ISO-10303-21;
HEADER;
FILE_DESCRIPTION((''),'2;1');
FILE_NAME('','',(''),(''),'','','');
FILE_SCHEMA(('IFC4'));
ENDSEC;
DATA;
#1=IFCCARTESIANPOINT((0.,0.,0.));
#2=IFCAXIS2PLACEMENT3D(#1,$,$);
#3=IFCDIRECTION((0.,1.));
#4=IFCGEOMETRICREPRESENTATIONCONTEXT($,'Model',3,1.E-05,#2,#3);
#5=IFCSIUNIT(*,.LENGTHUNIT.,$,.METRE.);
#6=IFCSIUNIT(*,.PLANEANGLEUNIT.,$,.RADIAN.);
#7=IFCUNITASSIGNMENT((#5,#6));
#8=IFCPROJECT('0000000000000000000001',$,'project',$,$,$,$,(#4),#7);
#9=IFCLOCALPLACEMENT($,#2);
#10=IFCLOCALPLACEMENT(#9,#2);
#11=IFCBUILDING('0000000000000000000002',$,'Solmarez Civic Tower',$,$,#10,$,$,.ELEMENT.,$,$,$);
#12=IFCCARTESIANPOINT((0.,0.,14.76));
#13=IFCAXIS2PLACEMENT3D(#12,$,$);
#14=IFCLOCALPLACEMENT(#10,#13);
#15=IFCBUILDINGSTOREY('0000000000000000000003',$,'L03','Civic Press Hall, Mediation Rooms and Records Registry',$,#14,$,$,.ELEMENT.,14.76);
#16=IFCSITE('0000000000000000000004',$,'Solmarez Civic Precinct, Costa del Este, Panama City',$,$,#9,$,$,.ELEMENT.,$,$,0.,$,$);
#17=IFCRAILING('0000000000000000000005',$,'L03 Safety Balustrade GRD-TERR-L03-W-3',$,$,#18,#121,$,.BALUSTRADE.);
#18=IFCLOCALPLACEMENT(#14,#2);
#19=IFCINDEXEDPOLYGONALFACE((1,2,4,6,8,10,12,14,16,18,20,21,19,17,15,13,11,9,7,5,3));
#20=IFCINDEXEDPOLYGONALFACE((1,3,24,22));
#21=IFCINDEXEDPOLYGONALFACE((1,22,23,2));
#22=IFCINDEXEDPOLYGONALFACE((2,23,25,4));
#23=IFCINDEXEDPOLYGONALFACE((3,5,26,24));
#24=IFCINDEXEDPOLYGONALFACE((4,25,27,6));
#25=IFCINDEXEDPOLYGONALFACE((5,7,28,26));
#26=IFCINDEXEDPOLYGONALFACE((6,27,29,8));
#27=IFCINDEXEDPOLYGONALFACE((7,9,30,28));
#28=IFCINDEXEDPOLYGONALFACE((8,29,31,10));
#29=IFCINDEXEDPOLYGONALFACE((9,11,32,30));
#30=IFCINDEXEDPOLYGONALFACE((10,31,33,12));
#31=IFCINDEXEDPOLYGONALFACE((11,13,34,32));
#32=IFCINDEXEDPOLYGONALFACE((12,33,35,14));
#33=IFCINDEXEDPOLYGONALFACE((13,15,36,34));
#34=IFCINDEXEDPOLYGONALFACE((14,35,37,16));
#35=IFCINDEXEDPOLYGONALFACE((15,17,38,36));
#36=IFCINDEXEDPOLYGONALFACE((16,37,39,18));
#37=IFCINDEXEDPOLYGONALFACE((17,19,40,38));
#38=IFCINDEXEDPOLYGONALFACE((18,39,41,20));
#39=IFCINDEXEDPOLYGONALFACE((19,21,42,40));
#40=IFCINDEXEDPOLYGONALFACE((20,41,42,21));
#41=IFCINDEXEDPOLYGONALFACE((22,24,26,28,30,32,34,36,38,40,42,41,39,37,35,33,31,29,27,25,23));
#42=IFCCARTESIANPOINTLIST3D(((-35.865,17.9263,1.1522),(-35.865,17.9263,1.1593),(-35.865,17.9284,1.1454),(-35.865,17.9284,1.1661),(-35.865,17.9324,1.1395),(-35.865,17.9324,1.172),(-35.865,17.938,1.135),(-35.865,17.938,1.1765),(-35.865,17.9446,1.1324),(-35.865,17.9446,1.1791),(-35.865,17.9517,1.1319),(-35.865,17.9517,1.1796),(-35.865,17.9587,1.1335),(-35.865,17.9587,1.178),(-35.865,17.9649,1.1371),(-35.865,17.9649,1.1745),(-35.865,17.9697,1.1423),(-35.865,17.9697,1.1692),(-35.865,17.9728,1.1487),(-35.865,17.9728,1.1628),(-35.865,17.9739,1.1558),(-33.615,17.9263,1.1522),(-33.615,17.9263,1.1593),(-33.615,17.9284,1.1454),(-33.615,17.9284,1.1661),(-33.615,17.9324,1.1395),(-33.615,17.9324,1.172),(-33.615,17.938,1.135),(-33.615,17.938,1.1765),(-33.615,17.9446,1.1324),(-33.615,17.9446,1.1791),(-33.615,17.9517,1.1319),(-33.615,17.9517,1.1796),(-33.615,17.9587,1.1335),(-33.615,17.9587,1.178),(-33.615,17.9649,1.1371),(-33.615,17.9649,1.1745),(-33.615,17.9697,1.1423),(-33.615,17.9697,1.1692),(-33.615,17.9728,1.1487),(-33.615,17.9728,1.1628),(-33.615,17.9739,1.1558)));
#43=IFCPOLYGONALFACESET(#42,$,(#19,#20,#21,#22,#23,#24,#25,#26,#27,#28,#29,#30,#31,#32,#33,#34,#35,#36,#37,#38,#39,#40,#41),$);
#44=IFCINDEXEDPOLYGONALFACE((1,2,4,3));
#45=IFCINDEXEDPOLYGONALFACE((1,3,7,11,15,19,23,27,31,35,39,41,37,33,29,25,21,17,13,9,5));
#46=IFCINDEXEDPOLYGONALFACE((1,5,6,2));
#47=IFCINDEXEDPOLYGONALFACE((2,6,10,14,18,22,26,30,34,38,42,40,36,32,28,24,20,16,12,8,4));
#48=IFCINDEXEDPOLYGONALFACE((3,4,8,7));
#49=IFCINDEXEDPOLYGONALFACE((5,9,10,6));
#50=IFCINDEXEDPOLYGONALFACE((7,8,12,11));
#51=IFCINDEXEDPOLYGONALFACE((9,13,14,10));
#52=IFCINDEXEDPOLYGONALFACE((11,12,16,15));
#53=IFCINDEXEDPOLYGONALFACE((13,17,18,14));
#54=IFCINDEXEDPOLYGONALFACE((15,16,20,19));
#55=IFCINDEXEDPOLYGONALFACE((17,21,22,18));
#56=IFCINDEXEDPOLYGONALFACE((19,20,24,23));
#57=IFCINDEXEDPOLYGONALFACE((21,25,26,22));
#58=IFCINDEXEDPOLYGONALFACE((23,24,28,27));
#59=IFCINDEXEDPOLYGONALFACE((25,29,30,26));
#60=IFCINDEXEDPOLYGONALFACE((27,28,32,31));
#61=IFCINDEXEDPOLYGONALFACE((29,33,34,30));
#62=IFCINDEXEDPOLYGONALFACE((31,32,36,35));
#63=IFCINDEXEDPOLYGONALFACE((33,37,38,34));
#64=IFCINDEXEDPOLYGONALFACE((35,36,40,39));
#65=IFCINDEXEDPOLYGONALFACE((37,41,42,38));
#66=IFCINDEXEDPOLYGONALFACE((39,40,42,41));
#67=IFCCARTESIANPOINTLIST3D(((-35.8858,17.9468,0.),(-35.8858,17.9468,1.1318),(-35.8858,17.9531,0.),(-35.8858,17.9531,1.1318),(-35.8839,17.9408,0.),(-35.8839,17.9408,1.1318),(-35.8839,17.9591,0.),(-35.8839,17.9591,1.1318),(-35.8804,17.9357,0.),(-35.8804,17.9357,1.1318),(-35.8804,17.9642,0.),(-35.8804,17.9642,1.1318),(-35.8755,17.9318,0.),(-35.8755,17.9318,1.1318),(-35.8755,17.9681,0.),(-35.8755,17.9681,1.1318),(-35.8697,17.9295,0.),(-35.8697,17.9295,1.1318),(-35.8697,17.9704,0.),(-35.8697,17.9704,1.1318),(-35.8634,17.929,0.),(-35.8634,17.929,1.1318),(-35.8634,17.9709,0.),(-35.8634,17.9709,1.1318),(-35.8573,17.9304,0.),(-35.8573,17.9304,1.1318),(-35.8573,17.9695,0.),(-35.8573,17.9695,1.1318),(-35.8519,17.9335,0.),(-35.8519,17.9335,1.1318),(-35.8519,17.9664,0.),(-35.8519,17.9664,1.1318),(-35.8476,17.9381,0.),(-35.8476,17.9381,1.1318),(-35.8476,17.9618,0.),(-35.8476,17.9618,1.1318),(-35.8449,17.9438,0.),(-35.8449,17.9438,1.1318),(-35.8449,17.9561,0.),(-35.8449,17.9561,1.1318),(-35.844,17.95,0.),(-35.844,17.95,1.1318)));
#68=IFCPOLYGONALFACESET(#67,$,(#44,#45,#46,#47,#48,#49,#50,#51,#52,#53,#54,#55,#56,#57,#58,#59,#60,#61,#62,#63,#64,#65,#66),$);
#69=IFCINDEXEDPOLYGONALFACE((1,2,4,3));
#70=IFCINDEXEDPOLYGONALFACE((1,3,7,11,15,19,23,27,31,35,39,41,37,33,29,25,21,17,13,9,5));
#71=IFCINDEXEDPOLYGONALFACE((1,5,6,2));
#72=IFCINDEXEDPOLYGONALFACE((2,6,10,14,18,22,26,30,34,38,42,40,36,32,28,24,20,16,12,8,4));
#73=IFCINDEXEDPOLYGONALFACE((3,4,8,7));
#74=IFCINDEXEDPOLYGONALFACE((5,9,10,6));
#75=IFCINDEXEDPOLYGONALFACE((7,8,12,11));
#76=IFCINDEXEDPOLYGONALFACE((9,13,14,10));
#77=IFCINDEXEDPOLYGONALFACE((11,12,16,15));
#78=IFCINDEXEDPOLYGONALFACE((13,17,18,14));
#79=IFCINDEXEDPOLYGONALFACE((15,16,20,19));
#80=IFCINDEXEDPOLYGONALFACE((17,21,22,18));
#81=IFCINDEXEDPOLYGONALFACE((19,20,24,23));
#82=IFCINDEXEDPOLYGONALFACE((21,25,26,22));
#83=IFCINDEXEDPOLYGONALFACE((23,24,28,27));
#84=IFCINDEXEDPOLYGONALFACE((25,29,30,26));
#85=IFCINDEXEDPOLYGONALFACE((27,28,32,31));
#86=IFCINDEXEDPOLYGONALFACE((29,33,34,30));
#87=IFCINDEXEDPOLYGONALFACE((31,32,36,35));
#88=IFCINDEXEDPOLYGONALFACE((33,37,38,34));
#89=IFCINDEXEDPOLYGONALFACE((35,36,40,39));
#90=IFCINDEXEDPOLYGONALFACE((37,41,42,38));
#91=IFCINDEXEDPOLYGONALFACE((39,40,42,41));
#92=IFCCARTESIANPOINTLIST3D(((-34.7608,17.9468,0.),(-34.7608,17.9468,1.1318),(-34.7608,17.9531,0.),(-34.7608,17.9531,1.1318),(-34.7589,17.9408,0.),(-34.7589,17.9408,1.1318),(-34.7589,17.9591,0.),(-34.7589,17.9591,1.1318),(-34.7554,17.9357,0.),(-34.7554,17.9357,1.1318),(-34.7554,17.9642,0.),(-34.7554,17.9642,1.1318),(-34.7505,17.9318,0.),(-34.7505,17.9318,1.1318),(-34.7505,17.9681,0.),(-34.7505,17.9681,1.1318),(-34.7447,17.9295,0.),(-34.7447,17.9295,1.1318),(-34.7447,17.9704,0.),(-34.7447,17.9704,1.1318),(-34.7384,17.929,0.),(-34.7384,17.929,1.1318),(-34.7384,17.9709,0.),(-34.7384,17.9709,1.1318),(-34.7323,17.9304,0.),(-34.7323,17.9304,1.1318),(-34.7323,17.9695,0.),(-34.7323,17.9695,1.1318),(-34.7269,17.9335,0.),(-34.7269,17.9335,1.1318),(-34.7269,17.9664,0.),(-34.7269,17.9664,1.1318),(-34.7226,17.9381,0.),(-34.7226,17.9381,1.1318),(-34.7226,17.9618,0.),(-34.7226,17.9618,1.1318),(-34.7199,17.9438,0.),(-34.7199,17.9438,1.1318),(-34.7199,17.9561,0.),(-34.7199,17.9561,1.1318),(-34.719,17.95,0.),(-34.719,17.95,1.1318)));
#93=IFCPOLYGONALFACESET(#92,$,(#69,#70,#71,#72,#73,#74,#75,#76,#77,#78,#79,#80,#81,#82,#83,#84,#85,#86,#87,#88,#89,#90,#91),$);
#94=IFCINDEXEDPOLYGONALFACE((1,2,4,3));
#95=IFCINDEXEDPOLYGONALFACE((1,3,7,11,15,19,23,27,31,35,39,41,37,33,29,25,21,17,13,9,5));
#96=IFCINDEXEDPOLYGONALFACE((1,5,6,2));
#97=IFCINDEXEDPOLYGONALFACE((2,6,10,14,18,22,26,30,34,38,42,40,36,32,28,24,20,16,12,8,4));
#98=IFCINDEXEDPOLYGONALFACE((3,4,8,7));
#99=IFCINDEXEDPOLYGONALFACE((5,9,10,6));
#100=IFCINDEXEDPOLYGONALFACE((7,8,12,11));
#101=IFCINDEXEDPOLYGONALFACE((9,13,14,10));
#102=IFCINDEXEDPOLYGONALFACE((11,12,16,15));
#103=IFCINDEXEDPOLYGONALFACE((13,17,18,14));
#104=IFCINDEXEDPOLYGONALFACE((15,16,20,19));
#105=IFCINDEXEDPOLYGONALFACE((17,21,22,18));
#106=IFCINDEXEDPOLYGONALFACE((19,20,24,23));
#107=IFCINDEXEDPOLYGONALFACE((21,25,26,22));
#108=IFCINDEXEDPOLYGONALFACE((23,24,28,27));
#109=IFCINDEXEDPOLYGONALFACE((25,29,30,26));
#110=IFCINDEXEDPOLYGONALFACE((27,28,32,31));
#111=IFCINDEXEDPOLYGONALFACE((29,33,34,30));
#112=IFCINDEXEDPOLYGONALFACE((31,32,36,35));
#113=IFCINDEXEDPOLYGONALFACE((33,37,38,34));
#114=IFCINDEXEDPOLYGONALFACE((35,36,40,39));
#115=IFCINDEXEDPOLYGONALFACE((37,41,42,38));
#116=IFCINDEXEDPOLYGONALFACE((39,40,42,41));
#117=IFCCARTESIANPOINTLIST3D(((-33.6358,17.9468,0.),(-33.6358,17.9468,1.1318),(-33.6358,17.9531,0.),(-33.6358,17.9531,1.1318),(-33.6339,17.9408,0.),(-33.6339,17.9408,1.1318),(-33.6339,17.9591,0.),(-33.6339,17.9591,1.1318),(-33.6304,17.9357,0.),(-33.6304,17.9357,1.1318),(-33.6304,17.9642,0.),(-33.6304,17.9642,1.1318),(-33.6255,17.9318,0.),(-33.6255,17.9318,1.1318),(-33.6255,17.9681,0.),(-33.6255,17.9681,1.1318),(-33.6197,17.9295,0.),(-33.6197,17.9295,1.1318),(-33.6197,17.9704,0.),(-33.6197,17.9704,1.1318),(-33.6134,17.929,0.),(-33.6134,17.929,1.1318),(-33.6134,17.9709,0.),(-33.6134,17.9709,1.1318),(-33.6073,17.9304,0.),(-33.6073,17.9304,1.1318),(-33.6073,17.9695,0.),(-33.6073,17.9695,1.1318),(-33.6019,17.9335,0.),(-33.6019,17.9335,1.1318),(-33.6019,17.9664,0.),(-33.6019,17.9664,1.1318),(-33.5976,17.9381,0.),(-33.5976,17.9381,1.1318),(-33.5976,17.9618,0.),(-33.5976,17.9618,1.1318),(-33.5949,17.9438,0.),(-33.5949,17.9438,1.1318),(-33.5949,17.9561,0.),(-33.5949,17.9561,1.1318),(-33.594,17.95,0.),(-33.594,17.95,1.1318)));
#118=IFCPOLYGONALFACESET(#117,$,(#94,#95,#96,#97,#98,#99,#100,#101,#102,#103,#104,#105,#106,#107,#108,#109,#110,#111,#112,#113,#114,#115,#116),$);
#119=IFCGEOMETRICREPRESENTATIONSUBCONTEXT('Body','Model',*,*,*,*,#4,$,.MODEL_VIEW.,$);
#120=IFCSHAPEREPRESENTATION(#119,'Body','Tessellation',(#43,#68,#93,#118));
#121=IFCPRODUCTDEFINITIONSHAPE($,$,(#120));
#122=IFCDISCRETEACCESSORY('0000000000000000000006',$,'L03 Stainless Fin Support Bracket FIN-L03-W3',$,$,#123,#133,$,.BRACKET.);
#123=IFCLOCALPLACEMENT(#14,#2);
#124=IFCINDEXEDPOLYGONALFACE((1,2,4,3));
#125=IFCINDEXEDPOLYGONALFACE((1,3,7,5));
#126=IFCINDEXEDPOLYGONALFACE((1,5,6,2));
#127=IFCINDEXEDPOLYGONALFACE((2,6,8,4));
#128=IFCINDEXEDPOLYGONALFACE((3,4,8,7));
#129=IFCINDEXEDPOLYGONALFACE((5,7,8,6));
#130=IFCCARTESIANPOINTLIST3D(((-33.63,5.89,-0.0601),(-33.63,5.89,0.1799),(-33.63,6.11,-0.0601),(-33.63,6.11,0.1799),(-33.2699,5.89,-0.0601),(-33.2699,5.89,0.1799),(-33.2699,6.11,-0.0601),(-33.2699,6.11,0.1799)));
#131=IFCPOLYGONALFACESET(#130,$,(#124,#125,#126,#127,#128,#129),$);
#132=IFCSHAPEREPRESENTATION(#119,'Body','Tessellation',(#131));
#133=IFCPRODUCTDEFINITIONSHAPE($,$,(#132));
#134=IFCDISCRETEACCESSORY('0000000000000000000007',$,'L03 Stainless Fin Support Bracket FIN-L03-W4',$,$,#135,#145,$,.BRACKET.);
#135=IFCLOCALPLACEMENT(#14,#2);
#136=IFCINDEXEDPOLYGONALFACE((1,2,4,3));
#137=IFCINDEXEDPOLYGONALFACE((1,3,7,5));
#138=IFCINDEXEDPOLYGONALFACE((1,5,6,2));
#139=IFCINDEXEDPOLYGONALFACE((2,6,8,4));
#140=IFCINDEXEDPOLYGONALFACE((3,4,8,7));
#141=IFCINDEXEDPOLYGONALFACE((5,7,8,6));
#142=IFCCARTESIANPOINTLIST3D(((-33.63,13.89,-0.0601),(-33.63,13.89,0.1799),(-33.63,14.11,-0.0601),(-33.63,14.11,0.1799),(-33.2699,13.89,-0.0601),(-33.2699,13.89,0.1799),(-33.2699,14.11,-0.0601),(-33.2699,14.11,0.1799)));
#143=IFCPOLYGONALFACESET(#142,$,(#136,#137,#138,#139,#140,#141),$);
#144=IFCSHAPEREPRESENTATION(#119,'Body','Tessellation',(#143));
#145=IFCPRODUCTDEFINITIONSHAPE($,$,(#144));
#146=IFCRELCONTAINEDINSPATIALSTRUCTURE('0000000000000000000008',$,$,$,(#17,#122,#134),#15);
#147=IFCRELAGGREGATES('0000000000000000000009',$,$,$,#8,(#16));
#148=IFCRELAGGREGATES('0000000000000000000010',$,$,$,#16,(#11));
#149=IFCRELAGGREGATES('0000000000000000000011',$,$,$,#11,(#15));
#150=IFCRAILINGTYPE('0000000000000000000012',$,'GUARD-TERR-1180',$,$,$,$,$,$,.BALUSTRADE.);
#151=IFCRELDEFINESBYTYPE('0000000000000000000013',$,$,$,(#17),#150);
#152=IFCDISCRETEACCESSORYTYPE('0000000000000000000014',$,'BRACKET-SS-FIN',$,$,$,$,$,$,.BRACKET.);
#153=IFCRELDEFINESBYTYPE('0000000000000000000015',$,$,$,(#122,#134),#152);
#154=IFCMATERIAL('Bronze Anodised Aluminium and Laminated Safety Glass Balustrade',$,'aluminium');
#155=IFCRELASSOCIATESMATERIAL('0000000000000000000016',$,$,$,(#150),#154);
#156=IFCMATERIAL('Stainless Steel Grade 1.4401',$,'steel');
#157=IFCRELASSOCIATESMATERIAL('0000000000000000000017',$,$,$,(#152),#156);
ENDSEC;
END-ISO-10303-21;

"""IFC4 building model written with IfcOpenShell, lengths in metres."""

from ifc_helpers import new_model, si_unit, direction, frame, origin, origin_2d, place, context, subcontext, project, spatial, rectangle, circle, extrude, material, type_object, element, save


model = new_model("IFC4")

# Units and contexts
model_context = context("Model", 3, precision=1e-05, world=origin(), true_north=direction((0.0, 1.0)))
body_context = subcontext(model_context, "Body", "Model", "MODEL_VIEW")
ifc_project = project(units=[si_unit("LENGTHUNIT", "METRE"), si_unit("PLANEANGLEUNIT", "RADIAN")], contexts=[model_context])

# Site, building, storey
site_placement = place(None, origin())
site = spatial("IfcSite", under=ifc_project, at=site_placement, Name="Solmarez Civic Precinct, Costa del Este, Panama City", CompositionType="ELEMENT", RefElevation=0.0)
building_placement = place(site_placement, origin())
building = spatial("IfcBuilding", under=site, at=building_placement, Name="Solmarez Civic Tower", CompositionType="ELEMENT")
storey_placement = place(building_placement, frame((0.0, 0.0, 14.76)))
storey = spatial("IfcBuildingStorey", under=building, at=storey_placement, Name="L03", Description="Civic Press Hall, Mediation Rooms and Records Registry", CompositionType="ELEMENT", Elevation=14.76)

# Railing
ifc_material_1 = material(Name="Bronze Anodised Aluminium and Laminated Safety Glass Balustrade", Category="aluminium")
railing_type_1 = type_object("IfcRailingType", Name="GUARD-TERR-1180", PredefinedType="BALUSTRADE", material=ifc_material_1)
railing_1_placement = place(storey_placement, frame((-35.865, 17.95, 0.0)))
element("IfcRailing", 1, at=railing_1_placement, inside=storey, type_object=railing_type_1, Name="L03 Safety Balustrade GRD-TERR-L03-W-3", PredefinedType="BALUSTRADE", context=body_context, shape_type="SweptSolid", body=[
    extrude(circle(Radius=0.0239, at=origin_2d()), frame((0.0, 0.0, 1.1558), z_axis=(1.0, 0.0, 0.0), x_axis=(0.0, 1.0, 0.0)), (0.0, 0.0, 1.0), 2.25),
    extrude(circle(Radius=0.021, at=origin_2d()), origin(), (0.0, 0.0, 1.0), 1.1318),
    extrude(circle(Radius=0.021, at=origin_2d()), frame((1.125, 0.0, 0.0)), (0.0, 0.0, 1.0), 1.1318),
    extrude(circle(Radius=0.021, at=origin_2d()), frame((2.25, 0.0, 0.0)), (0.0, 0.0, 1.0), 1.1318),
])

# Discrete accessories
ifc_material_2 = material(Name="Stainless Steel Grade 1.4401", Category="steel")
discrete_accessory_type = type_object("IfcDiscreteAccessoryType", Name="BRACKET-SS-FIN", PredefinedType="BRACKET", material=ifc_material_2)
for number, where, z_axis, x_axis, name in (
    (2, (-33.45, 6.0, -0.0601), (0.0, 0.0, 1.0), (-1.0, 0.0, 0.0), "L03 Stainless Fin Support Bracket FIN-L03-W3"),
    (3, (-33.45, 14.0, -0.0601), (0.0, 0.0, 1.0), (-1.0, 0.0, 0.0), "L03 Stainless Fin Support Bracket FIN-L03-W4"),
):
    element("IfcDiscreteAccessory", number, at=place(storey_placement, frame(where, z_axis=z_axis, x_axis=x_axis)), inside=storey, type_object=discrete_accessory_type, Name=name, PredefinedType="BRACKET", context=body_context, shape_type="SweptSolid", body=[
        extrude(rectangle(XDim=0.3601, YDim=0.22, at=origin_2d()), origin(), (0.0, 0.0, 1.0), 0.24),
    ])

save(model, "model.ifc")
